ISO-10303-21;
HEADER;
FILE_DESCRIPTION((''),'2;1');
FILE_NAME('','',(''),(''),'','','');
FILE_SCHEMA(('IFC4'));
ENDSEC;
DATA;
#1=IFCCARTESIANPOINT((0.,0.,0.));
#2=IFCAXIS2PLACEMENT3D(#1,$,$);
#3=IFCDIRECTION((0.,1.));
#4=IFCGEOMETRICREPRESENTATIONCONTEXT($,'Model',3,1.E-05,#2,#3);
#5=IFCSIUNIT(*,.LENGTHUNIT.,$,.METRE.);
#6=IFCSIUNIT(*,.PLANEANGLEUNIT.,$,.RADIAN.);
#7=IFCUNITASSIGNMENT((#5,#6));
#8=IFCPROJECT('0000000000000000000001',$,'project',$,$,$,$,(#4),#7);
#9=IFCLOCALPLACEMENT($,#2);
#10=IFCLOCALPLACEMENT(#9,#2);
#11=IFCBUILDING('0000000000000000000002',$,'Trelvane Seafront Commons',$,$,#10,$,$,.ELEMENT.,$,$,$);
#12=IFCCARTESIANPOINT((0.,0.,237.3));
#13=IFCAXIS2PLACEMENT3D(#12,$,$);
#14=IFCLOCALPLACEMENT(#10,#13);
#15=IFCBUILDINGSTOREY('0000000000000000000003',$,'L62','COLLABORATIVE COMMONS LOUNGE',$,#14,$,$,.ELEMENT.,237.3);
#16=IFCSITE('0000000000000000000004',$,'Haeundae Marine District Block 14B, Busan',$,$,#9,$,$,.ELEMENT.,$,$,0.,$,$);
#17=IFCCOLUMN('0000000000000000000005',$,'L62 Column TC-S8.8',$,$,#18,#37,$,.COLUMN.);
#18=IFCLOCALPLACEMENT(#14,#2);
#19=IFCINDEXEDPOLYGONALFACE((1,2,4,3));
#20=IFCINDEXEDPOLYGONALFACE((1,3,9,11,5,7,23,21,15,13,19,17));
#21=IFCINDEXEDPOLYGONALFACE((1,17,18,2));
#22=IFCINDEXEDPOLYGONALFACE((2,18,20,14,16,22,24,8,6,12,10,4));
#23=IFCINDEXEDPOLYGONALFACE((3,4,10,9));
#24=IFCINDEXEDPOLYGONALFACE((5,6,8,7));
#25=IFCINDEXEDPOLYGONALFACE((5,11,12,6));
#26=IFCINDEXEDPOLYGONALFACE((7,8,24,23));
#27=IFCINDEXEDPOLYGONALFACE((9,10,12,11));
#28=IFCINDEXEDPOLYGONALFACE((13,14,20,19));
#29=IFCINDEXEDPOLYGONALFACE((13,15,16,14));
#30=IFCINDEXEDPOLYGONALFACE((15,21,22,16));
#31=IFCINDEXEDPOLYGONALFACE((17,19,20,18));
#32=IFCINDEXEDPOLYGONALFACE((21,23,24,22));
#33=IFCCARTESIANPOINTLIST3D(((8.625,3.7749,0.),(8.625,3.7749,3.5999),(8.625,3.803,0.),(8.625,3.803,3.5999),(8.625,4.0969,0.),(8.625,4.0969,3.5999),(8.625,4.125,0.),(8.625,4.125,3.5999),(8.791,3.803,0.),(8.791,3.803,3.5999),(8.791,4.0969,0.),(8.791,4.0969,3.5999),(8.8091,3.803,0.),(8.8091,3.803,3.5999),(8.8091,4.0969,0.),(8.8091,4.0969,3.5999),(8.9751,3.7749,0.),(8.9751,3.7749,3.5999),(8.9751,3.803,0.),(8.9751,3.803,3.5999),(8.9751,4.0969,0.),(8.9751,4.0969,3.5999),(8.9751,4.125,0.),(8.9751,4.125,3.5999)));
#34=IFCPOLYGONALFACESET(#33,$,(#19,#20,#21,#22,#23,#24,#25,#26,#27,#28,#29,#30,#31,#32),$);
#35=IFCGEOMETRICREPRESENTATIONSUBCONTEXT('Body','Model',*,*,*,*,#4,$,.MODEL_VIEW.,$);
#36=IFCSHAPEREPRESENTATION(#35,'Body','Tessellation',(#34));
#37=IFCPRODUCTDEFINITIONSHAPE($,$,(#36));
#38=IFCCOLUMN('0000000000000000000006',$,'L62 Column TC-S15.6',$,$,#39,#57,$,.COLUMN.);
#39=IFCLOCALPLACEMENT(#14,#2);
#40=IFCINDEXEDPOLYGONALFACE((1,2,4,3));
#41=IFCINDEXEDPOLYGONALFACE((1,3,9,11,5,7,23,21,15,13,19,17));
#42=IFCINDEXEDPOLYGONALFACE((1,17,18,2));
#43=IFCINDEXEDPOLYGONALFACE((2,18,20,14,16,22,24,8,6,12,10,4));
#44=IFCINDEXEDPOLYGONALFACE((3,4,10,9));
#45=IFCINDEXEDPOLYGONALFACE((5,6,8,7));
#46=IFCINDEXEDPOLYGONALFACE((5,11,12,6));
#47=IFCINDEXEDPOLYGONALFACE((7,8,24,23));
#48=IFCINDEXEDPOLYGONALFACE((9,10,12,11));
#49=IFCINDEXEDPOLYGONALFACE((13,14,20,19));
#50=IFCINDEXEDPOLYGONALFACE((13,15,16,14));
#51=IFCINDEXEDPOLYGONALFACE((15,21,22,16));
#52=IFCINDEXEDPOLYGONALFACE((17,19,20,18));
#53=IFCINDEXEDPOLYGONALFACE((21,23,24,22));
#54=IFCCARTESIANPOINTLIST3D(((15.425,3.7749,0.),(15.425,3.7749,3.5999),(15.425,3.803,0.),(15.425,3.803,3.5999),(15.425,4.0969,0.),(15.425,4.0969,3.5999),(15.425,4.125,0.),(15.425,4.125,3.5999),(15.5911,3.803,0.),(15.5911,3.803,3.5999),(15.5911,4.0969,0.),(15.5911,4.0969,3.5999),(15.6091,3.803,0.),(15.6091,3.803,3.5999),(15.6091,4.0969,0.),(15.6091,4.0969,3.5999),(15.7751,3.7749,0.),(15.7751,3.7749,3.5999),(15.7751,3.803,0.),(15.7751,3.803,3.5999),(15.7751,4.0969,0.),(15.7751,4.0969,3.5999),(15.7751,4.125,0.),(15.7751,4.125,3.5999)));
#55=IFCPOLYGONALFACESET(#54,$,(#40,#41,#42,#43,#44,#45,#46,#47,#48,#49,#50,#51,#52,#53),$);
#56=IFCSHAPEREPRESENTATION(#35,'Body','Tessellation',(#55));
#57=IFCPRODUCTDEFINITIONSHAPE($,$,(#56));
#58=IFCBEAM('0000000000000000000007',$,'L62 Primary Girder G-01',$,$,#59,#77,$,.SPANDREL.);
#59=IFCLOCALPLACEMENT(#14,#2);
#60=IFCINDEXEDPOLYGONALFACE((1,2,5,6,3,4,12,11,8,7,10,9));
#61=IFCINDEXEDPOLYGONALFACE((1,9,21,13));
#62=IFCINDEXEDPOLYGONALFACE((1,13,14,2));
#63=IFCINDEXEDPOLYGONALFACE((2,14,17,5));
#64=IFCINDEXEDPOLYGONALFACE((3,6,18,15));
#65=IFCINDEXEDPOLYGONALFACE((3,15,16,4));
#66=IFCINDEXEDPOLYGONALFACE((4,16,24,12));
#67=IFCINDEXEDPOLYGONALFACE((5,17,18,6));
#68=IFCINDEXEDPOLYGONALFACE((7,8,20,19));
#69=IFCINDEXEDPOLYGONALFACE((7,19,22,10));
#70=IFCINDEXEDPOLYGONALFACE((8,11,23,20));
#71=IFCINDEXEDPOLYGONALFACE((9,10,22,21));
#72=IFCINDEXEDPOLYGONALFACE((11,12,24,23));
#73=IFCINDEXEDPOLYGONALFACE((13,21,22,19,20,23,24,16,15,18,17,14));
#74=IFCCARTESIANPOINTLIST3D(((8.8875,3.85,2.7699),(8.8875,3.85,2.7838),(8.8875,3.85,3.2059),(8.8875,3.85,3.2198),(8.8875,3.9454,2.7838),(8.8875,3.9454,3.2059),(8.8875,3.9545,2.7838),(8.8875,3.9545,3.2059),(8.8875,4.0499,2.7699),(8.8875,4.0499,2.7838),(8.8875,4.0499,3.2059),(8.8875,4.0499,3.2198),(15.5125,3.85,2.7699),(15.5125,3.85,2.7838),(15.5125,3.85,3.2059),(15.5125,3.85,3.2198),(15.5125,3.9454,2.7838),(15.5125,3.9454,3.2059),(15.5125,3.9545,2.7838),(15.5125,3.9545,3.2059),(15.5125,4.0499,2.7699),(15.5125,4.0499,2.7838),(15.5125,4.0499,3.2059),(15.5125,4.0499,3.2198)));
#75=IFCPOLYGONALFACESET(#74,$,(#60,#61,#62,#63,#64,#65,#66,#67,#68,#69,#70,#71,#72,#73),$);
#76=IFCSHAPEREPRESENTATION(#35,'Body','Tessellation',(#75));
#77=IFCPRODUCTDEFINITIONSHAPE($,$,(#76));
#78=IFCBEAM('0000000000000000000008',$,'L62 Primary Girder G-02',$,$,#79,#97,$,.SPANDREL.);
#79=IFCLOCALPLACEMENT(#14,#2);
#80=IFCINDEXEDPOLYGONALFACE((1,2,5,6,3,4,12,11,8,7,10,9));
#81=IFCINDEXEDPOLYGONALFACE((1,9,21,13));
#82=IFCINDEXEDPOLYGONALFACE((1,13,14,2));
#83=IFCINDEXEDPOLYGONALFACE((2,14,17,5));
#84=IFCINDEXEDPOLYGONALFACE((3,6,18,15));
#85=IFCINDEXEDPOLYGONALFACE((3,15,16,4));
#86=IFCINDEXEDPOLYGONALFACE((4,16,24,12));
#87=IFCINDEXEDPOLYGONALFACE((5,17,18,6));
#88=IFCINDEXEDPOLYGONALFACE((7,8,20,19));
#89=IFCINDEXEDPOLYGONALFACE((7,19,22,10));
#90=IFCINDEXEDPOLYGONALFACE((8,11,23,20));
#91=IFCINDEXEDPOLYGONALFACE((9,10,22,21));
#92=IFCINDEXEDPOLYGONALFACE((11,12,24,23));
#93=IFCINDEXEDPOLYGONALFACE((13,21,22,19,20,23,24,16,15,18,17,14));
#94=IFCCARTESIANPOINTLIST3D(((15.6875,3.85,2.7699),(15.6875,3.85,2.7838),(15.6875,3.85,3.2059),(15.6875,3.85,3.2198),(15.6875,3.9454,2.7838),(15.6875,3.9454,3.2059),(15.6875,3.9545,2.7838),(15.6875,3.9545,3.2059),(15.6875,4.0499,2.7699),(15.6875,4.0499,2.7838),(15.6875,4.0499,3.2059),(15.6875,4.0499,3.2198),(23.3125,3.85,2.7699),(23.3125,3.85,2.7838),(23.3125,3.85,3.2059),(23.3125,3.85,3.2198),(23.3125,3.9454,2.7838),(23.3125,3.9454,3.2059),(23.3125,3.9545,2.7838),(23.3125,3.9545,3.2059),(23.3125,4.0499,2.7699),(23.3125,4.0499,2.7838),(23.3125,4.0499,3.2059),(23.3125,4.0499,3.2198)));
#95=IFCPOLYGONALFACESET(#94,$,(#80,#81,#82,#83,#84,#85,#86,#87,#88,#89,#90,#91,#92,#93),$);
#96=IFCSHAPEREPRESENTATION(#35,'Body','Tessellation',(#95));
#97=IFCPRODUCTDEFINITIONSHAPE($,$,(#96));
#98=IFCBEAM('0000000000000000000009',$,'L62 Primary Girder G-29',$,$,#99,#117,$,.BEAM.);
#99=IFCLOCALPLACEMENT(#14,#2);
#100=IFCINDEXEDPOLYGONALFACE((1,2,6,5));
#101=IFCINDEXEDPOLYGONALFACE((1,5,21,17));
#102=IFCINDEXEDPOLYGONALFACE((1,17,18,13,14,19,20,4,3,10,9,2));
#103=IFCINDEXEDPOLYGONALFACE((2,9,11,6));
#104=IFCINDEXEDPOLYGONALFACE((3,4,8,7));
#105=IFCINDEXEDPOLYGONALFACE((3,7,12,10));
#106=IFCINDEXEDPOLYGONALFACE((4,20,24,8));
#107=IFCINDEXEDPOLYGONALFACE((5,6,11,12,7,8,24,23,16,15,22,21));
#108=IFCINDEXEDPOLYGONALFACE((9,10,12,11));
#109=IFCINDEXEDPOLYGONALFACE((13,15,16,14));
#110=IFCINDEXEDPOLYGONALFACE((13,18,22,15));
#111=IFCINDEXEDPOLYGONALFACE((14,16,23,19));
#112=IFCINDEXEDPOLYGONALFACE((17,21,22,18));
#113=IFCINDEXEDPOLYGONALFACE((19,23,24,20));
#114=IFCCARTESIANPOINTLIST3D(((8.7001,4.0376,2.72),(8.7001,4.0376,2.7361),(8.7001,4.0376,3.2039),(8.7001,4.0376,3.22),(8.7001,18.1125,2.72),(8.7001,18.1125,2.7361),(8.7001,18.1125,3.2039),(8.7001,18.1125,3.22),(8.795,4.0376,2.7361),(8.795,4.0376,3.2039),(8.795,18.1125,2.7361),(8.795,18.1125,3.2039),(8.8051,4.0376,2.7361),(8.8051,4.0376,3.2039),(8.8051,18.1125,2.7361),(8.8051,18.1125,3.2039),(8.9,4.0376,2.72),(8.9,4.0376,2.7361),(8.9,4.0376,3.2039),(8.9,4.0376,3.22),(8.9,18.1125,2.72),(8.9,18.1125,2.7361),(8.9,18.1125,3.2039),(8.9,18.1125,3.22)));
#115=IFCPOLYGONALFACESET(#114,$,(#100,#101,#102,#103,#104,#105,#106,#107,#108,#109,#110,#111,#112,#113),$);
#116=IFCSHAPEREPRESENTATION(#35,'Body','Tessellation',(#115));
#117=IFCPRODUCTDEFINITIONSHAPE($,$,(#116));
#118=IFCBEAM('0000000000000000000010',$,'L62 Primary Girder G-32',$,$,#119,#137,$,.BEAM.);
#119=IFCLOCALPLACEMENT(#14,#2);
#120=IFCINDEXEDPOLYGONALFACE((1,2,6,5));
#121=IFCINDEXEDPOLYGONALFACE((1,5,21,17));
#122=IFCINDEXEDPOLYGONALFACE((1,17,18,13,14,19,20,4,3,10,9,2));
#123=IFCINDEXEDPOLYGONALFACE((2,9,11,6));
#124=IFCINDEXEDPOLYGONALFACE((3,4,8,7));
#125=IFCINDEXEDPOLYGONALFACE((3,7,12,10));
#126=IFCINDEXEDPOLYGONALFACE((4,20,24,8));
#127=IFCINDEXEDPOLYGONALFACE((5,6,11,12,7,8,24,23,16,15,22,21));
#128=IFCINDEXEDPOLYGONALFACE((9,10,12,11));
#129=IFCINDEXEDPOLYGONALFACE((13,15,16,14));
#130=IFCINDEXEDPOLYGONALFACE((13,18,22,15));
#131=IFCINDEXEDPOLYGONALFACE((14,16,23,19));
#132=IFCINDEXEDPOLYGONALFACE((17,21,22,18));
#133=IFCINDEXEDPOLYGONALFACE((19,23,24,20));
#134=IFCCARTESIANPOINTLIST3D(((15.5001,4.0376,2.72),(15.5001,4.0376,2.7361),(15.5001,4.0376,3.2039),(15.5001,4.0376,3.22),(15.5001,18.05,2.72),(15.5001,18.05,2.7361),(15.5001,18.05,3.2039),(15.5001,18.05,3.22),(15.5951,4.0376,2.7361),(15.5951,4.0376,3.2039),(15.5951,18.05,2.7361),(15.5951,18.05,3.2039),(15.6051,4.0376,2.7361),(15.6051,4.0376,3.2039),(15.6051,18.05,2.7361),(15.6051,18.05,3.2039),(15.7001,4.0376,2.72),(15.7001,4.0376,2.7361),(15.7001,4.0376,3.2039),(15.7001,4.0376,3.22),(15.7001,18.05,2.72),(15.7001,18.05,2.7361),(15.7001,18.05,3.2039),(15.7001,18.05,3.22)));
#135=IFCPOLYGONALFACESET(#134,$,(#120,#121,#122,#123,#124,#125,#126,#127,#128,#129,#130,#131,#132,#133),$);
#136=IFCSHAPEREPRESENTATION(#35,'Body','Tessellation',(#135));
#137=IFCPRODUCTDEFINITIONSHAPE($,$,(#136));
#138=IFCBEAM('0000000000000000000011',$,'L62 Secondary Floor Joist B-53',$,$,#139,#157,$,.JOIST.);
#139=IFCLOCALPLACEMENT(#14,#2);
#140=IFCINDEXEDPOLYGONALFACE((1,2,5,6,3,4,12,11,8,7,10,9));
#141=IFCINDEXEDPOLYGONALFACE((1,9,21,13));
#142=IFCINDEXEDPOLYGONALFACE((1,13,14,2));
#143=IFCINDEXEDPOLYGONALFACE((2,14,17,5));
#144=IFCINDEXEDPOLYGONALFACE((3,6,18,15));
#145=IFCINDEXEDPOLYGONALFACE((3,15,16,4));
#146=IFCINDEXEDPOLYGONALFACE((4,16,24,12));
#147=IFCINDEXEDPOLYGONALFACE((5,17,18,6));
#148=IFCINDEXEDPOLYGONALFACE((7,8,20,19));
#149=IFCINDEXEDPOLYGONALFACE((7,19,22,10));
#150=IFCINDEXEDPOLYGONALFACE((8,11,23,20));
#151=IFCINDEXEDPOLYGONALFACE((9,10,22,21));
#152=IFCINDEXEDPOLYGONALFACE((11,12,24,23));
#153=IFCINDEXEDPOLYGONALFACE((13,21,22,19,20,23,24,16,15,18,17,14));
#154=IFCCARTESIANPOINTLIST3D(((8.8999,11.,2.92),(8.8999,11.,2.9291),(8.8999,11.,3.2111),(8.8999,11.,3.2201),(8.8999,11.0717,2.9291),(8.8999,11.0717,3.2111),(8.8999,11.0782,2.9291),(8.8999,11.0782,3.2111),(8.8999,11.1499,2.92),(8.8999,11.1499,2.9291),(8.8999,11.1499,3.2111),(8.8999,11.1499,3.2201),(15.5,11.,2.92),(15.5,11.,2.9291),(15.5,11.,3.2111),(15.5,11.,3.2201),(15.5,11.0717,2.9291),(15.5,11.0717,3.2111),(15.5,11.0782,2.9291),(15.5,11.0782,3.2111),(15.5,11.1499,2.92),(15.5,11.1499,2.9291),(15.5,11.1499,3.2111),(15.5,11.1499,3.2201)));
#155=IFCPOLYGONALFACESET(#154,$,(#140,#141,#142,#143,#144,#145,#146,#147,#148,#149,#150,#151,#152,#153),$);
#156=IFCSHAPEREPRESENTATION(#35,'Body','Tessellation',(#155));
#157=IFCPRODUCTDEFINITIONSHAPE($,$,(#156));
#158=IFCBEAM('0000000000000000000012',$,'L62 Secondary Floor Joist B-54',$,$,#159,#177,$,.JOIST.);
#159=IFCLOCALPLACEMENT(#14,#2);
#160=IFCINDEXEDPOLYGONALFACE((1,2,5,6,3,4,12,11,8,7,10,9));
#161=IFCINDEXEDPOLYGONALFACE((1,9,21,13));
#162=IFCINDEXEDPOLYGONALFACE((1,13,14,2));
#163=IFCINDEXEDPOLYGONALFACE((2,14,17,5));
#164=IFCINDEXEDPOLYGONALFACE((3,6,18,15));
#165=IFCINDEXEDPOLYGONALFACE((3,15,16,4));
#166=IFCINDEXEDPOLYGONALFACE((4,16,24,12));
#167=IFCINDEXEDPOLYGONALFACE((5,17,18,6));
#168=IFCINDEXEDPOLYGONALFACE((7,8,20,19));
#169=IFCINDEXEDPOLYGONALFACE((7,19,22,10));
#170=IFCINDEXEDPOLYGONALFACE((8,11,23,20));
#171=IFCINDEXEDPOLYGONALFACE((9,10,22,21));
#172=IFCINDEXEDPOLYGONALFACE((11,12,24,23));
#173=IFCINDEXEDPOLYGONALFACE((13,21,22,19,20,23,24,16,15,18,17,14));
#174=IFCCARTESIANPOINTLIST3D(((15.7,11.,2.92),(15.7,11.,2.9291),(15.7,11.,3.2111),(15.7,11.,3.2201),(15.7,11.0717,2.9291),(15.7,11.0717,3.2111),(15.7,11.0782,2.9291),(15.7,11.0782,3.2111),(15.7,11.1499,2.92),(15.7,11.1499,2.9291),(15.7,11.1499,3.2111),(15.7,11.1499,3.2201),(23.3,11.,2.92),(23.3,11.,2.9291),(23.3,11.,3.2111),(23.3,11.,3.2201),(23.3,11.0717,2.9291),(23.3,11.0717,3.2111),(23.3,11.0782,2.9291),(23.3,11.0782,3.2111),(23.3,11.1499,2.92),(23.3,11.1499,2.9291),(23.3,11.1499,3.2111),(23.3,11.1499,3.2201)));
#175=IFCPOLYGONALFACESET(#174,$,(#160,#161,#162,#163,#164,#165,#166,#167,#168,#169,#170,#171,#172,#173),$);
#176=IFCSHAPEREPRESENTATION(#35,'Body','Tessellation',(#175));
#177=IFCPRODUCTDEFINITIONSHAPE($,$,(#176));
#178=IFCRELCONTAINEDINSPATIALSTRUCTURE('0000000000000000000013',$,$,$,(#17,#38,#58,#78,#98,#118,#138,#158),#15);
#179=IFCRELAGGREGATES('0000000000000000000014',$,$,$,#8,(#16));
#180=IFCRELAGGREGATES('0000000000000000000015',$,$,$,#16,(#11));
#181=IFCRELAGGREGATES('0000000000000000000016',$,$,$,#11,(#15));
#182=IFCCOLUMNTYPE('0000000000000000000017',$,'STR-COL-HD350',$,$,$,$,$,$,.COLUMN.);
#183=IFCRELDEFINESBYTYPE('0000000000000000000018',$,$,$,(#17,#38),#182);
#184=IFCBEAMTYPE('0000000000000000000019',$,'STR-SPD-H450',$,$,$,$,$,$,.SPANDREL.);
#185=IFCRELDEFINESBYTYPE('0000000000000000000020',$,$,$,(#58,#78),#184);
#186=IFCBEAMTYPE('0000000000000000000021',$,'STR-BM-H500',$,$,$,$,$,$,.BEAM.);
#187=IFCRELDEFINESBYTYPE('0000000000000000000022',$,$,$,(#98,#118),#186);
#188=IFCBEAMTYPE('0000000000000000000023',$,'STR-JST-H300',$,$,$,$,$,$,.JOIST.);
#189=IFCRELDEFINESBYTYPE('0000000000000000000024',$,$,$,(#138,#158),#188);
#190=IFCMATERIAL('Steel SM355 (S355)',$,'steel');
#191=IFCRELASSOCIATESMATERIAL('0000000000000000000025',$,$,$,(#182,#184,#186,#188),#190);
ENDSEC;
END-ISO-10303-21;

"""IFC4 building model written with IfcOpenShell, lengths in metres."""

from ifc_helpers import new_model, si_unit, direction, frame, origin, origin_2d, place, context, subcontext, project, spatial, i_section, extrude, source, transform, mapped, material, material_profile, profile_set, type_object, element, save


model = new_model("IFC4")

# Units and contexts
model_context = context("Model", 3, precision=1e-05, world=origin(), true_north=direction((0.0, 1.0)))
body_context = subcontext(model_context, "Body", "Model", "MODEL_VIEW")
ifc_project = project(units=[si_unit("LENGTHUNIT", "METRE"), si_unit("PLANEANGLEUNIT", "RADIAN")], contexts=[model_context])

# Site, building, storey
site_placement = place(None, origin())
site = spatial("IfcSite", under=ifc_project, at=site_placement, Name="Haeundae Marine District Block 14B, Busan", CompositionType="ELEMENT", RefElevation=0.0)
building_placement = place(site_placement, origin())
building = spatial("IfcBuilding", under=site, at=building_placement, Name="Trelvane Seafront Commons", CompositionType="ELEMENT")
storey_placement = place(building_placement, frame((0.0, 0.0, 237.3)))
storey = spatial("IfcBuildingStorey", under=building, at=storey_placement, Name="L62", Description="COLLABORATIVE COMMONS LOUNGE", CompositionType="ELEMENT", Elevation=237.3)

# Columns
ifc_material_1 = material(Name="Steel SM355 (S355)", Category="steel")
ifc_material_profile_1 = material_profile(ifc_material_1, i_section(OverallWidth=0.3501, OverallDepth=0.3501, WebThickness=0.0181, FlangeThickness=0.0281, at=origin_2d()), Name="HD-350x350x18x28")
ifc_profile_set_1 = profile_set([ifc_material_profile_1], Name="Steel SM355 (S355)")
column_type = type_object("IfcColumnType", Name="STR-COL-HD350", PredefinedType="COLUMN", material=ifc_profile_set_1)
shared_shape_1 = source(origin(), body_context, "Body", "SweptSolid", [
    extrude(i_section(OverallWidth=0.3501, OverallDepth=0.3501, WebThickness=0.0181, FlangeThickness=0.0281, at=origin_2d()), origin(), (0.0, 0.0, 1.0), 3.5999),
])
for number, where, z_axis, x_axis, name in (
    (1, (8.8, 3.95, 0.0), (0.0, 0.0, 1.0), (1.0, 0.0, 0.0), "L62 Column TC-S8.8"),
    (2, (15.6001, 3.95, 0.0), (0.0, 0.0, 1.0), (1.0, 0.0, 0.0), "L62 Column TC-S15.6"),
):
    element("IfcColumn", number, at=place(storey_placement, frame(where, z_axis=z_axis, x_axis=x_axis)), inside=storey, type_object=column_type, Name=name, PredefinedType="COLUMN", context=body_context, shape_type="MappedRepresentation", body=[
        mapped(shared_shape_1, transform((0.0, 0.0, 0.0), x_axis=(1.0, 0.0, 0.0), y_axis=(0.0, 1.0, 0.0), z_axis=(0.0, 0.0, 1.0), scale=1.0)),
    ])

# Beams
ifc_material_profile_2 = material_profile(ifc_material_1, i_section(OverallWidth=0.2, OverallDepth=0.45, WebThickness=0.009, FlangeThickness=0.0139, at=origin_2d()), Name="H-450x200x9x14")
ifc_profile_set_2 = profile_set([ifc_material_profile_2], Name="Steel SM355 (S355)")
beam_type_1 = type_object("IfcBeamType", Name="STR-SPD-H450", PredefinedType="SPANDREL", material=ifc_profile_set_2)
shared_shape_2 = source(origin(), body_context, "Body", "SweptSolid", [
    extrude(i_section(OverallWidth=0.2, OverallDepth=0.45, WebThickness=0.009, FlangeThickness=0.0139, at=origin_2d()), origin(), (0.0, 0.0, 1.0), 6.625),
])
beam_1_placement = place(storey_placement, frame((8.8875, 3.95, 2.9949), z_axis=(1.0, 0.0, 0.0), x_axis=(0.0, 1.0, 0.0)))
element("IfcBeam", 3, at=beam_1_placement, inside=storey, type_object=beam_type_1, Name="L62 Primary Girder G-01", PredefinedType="SPANDREL", context=body_context, shape_type="MappedRepresentation", body=[
    mapped(shared_shape_2, transform((0.0, 0.0, 0.0), x_axis=(1.0, 0.0, 0.0), y_axis=(0.0, 1.0, 0.0), z_axis=(0.0, 0.0, 1.0), scale=1.0)),
])
shared_shape_3 = source(origin(), body_context, "Body", "SweptSolid", [
    extrude(i_section(OverallWidth=0.2, OverallDepth=0.45, WebThickness=0.009, FlangeThickness=0.0139, at=origin_2d()), origin(), (0.0, 0.0, 1.0), 7.625),
])
beam_2_placement = place(storey_placement, frame((15.6875, 3.95, 2.9949), z_axis=(1.0, 0.0, 0.0), x_axis=(0.0, 1.0, 0.0)))
element("IfcBeam", 4, at=beam_2_placement, inside=storey, type_object=beam_type_1, Name="L62 Primary Girder G-02", PredefinedType="SPANDREL", context=body_context, shape_type="MappedRepresentation", body=[
    mapped(shared_shape_3, transform((0.0, 0.0, 0.0), x_axis=(1.0, 0.0, 0.0), y_axis=(0.0, 1.0, 0.0), z_axis=(0.0, 0.0, 1.0), scale=1.0)),
])
ifc_material_profile_3 = material_profile(ifc_material_1, i_section(OverallWidth=0.2, OverallDepth=0.5, WebThickness=0.01, FlangeThickness=0.0161, at=origin_2d()), Name="H-500x200x10x16")
ifc_profile_set_3 = profile_set([ifc_material_profile_3], Name="Steel SM355 (S355)")
beam_type_2 = type_object("IfcBeamType", Name="STR-BM-H500", PredefinedType="BEAM", material=ifc_profile_set_3)
shared_shape_4 = source(origin(), body_context, "Body", "SweptSolid", [
    extrude(i_section(OverallWidth=0.2, OverallDepth=0.5, WebThickness=0.01, FlangeThickness=0.0161, at=origin_2d()), origin(), (0.0, 0.0, 1.0), 14.075),
])
beam_3_placement = place(storey_placement, frame((8.8, 4.0376, 2.97), z_axis=(0.0, 1.0, 0.0), x_axis=(-1.0, 0.0, 0.0)))
element("IfcBeam", 5, at=beam_3_placement, inside=storey, type_object=beam_type_2, Name="L62 Primary Girder G-29", PredefinedType="BEAM", context=body_context, shape_type="MappedRepresentation", body=[
    mapped(shared_shape_4, transform((0.0, 0.0, 0.0), x_axis=(1.0, 0.0, 0.0), y_axis=(0.0, 1.0, 0.0), z_axis=(0.0, 0.0, 1.0), scale=1.0)),
])
shared_shape_5 = source(origin(), body_context, "Body", "SweptSolid", [
    extrude(i_section(OverallWidth=0.2, OverallDepth=0.5, WebThickness=0.01, FlangeThickness=0.0161, at=origin_2d()), origin(), (0.0, 0.0, 1.0), 14.0125),
])
beam_4_placement = place(storey_placement, frame((15.6001, 4.0376, 2.97), z_axis=(0.0, 1.0, 0.0), x_axis=(-1.0, 0.0, 0.0)))
element("IfcBeam", 6, at=beam_4_placement, inside=storey, type_object=beam_type_2, Name="L62 Primary Girder G-32", PredefinedType="BEAM", context=body_context, shape_type="MappedRepresentation", body=[
    mapped(shared_shape_5, transform((0.0, 0.0, 0.0), x_axis=(1.0, 0.0, 0.0), y_axis=(0.0, 1.0, 0.0), z_axis=(0.0, 0.0, 1.0), scale=1.0)),
])
ifc_material_profile_4 = material_profile(ifc_material_1, i_section(OverallWidth=0.1499, OverallDepth=0.3, WebThickness=0.0066, FlangeThickness=0.009, at=origin_2d()), Name="H-300x150x6.5x9")
ifc_profile_set_4 = profile_set([ifc_material_profile_4], Name="Steel SM355 (S355)")
beam_type_3 = type_object("IfcBeamType", Name="STR-JST-H300", PredefinedType="JOIST", material=ifc_profile_set_4)
shared_shape_6 = source(origin(), body_context, "Body", "SweptSolid", [
    extrude(i_section(OverallWidth=0.1499, OverallDepth=0.3, WebThickness=0.0066, FlangeThickness=0.009, at=origin_2d()), origin(), (0.0, 0.0, 1.0), 6.6001),
])
beam_5_placement = place(storey_placement, frame((8.8999, 11.075, 3.0701), z_axis=(1.0, 0.0, 0.0), x_axis=(0.0, 1.0, 0.0)))
element("IfcBeam", 7, at=beam_5_placement, inside=storey, type_object=beam_type_3, Name="L62 Secondary Floor Joist B-53", PredefinedType="JOIST", context=body_context, shape_type="MappedRepresentation", body=[
    mapped(shared_shape_6, transform((0.0, 0.0, 0.0), x_axis=(1.0, 0.0, 0.0), y_axis=(0.0, 1.0, 0.0), z_axis=(0.0, 0.0, 1.0), scale=1.0)),
])
shared_shape_7 = source(origin(), body_context, "Body", "SweptSolid", [
    extrude(i_section(OverallWidth=0.1499, OverallDepth=0.3, WebThickness=0.0066, FlangeThickness=0.009, at=origin_2d()), origin(), (0.0, 0.0, 1.0), 7.6001),
])
beam_6_placement = place(storey_placement, frame((15.7, 11.075, 3.0701), z_axis=(1.0, 0.0, 0.0), x_axis=(0.0, 1.0, 0.0)))
element("IfcBeam", 8, at=beam_6_placement, inside=storey, type_object=beam_type_3, Name="L62 Secondary Floor Joist B-54", PredefinedType="JOIST", context=body_context, shape_type="MappedRepresentation", body=[
    mapped(shared_shape_7, transform((0.0, 0.0, 0.0), x_axis=(1.0, 0.0, 0.0), y_axis=(0.0, 1.0, 0.0), z_axis=(0.0, 0.0, 1.0), scale=1.0)),
])

save(model, "model.ifc")
